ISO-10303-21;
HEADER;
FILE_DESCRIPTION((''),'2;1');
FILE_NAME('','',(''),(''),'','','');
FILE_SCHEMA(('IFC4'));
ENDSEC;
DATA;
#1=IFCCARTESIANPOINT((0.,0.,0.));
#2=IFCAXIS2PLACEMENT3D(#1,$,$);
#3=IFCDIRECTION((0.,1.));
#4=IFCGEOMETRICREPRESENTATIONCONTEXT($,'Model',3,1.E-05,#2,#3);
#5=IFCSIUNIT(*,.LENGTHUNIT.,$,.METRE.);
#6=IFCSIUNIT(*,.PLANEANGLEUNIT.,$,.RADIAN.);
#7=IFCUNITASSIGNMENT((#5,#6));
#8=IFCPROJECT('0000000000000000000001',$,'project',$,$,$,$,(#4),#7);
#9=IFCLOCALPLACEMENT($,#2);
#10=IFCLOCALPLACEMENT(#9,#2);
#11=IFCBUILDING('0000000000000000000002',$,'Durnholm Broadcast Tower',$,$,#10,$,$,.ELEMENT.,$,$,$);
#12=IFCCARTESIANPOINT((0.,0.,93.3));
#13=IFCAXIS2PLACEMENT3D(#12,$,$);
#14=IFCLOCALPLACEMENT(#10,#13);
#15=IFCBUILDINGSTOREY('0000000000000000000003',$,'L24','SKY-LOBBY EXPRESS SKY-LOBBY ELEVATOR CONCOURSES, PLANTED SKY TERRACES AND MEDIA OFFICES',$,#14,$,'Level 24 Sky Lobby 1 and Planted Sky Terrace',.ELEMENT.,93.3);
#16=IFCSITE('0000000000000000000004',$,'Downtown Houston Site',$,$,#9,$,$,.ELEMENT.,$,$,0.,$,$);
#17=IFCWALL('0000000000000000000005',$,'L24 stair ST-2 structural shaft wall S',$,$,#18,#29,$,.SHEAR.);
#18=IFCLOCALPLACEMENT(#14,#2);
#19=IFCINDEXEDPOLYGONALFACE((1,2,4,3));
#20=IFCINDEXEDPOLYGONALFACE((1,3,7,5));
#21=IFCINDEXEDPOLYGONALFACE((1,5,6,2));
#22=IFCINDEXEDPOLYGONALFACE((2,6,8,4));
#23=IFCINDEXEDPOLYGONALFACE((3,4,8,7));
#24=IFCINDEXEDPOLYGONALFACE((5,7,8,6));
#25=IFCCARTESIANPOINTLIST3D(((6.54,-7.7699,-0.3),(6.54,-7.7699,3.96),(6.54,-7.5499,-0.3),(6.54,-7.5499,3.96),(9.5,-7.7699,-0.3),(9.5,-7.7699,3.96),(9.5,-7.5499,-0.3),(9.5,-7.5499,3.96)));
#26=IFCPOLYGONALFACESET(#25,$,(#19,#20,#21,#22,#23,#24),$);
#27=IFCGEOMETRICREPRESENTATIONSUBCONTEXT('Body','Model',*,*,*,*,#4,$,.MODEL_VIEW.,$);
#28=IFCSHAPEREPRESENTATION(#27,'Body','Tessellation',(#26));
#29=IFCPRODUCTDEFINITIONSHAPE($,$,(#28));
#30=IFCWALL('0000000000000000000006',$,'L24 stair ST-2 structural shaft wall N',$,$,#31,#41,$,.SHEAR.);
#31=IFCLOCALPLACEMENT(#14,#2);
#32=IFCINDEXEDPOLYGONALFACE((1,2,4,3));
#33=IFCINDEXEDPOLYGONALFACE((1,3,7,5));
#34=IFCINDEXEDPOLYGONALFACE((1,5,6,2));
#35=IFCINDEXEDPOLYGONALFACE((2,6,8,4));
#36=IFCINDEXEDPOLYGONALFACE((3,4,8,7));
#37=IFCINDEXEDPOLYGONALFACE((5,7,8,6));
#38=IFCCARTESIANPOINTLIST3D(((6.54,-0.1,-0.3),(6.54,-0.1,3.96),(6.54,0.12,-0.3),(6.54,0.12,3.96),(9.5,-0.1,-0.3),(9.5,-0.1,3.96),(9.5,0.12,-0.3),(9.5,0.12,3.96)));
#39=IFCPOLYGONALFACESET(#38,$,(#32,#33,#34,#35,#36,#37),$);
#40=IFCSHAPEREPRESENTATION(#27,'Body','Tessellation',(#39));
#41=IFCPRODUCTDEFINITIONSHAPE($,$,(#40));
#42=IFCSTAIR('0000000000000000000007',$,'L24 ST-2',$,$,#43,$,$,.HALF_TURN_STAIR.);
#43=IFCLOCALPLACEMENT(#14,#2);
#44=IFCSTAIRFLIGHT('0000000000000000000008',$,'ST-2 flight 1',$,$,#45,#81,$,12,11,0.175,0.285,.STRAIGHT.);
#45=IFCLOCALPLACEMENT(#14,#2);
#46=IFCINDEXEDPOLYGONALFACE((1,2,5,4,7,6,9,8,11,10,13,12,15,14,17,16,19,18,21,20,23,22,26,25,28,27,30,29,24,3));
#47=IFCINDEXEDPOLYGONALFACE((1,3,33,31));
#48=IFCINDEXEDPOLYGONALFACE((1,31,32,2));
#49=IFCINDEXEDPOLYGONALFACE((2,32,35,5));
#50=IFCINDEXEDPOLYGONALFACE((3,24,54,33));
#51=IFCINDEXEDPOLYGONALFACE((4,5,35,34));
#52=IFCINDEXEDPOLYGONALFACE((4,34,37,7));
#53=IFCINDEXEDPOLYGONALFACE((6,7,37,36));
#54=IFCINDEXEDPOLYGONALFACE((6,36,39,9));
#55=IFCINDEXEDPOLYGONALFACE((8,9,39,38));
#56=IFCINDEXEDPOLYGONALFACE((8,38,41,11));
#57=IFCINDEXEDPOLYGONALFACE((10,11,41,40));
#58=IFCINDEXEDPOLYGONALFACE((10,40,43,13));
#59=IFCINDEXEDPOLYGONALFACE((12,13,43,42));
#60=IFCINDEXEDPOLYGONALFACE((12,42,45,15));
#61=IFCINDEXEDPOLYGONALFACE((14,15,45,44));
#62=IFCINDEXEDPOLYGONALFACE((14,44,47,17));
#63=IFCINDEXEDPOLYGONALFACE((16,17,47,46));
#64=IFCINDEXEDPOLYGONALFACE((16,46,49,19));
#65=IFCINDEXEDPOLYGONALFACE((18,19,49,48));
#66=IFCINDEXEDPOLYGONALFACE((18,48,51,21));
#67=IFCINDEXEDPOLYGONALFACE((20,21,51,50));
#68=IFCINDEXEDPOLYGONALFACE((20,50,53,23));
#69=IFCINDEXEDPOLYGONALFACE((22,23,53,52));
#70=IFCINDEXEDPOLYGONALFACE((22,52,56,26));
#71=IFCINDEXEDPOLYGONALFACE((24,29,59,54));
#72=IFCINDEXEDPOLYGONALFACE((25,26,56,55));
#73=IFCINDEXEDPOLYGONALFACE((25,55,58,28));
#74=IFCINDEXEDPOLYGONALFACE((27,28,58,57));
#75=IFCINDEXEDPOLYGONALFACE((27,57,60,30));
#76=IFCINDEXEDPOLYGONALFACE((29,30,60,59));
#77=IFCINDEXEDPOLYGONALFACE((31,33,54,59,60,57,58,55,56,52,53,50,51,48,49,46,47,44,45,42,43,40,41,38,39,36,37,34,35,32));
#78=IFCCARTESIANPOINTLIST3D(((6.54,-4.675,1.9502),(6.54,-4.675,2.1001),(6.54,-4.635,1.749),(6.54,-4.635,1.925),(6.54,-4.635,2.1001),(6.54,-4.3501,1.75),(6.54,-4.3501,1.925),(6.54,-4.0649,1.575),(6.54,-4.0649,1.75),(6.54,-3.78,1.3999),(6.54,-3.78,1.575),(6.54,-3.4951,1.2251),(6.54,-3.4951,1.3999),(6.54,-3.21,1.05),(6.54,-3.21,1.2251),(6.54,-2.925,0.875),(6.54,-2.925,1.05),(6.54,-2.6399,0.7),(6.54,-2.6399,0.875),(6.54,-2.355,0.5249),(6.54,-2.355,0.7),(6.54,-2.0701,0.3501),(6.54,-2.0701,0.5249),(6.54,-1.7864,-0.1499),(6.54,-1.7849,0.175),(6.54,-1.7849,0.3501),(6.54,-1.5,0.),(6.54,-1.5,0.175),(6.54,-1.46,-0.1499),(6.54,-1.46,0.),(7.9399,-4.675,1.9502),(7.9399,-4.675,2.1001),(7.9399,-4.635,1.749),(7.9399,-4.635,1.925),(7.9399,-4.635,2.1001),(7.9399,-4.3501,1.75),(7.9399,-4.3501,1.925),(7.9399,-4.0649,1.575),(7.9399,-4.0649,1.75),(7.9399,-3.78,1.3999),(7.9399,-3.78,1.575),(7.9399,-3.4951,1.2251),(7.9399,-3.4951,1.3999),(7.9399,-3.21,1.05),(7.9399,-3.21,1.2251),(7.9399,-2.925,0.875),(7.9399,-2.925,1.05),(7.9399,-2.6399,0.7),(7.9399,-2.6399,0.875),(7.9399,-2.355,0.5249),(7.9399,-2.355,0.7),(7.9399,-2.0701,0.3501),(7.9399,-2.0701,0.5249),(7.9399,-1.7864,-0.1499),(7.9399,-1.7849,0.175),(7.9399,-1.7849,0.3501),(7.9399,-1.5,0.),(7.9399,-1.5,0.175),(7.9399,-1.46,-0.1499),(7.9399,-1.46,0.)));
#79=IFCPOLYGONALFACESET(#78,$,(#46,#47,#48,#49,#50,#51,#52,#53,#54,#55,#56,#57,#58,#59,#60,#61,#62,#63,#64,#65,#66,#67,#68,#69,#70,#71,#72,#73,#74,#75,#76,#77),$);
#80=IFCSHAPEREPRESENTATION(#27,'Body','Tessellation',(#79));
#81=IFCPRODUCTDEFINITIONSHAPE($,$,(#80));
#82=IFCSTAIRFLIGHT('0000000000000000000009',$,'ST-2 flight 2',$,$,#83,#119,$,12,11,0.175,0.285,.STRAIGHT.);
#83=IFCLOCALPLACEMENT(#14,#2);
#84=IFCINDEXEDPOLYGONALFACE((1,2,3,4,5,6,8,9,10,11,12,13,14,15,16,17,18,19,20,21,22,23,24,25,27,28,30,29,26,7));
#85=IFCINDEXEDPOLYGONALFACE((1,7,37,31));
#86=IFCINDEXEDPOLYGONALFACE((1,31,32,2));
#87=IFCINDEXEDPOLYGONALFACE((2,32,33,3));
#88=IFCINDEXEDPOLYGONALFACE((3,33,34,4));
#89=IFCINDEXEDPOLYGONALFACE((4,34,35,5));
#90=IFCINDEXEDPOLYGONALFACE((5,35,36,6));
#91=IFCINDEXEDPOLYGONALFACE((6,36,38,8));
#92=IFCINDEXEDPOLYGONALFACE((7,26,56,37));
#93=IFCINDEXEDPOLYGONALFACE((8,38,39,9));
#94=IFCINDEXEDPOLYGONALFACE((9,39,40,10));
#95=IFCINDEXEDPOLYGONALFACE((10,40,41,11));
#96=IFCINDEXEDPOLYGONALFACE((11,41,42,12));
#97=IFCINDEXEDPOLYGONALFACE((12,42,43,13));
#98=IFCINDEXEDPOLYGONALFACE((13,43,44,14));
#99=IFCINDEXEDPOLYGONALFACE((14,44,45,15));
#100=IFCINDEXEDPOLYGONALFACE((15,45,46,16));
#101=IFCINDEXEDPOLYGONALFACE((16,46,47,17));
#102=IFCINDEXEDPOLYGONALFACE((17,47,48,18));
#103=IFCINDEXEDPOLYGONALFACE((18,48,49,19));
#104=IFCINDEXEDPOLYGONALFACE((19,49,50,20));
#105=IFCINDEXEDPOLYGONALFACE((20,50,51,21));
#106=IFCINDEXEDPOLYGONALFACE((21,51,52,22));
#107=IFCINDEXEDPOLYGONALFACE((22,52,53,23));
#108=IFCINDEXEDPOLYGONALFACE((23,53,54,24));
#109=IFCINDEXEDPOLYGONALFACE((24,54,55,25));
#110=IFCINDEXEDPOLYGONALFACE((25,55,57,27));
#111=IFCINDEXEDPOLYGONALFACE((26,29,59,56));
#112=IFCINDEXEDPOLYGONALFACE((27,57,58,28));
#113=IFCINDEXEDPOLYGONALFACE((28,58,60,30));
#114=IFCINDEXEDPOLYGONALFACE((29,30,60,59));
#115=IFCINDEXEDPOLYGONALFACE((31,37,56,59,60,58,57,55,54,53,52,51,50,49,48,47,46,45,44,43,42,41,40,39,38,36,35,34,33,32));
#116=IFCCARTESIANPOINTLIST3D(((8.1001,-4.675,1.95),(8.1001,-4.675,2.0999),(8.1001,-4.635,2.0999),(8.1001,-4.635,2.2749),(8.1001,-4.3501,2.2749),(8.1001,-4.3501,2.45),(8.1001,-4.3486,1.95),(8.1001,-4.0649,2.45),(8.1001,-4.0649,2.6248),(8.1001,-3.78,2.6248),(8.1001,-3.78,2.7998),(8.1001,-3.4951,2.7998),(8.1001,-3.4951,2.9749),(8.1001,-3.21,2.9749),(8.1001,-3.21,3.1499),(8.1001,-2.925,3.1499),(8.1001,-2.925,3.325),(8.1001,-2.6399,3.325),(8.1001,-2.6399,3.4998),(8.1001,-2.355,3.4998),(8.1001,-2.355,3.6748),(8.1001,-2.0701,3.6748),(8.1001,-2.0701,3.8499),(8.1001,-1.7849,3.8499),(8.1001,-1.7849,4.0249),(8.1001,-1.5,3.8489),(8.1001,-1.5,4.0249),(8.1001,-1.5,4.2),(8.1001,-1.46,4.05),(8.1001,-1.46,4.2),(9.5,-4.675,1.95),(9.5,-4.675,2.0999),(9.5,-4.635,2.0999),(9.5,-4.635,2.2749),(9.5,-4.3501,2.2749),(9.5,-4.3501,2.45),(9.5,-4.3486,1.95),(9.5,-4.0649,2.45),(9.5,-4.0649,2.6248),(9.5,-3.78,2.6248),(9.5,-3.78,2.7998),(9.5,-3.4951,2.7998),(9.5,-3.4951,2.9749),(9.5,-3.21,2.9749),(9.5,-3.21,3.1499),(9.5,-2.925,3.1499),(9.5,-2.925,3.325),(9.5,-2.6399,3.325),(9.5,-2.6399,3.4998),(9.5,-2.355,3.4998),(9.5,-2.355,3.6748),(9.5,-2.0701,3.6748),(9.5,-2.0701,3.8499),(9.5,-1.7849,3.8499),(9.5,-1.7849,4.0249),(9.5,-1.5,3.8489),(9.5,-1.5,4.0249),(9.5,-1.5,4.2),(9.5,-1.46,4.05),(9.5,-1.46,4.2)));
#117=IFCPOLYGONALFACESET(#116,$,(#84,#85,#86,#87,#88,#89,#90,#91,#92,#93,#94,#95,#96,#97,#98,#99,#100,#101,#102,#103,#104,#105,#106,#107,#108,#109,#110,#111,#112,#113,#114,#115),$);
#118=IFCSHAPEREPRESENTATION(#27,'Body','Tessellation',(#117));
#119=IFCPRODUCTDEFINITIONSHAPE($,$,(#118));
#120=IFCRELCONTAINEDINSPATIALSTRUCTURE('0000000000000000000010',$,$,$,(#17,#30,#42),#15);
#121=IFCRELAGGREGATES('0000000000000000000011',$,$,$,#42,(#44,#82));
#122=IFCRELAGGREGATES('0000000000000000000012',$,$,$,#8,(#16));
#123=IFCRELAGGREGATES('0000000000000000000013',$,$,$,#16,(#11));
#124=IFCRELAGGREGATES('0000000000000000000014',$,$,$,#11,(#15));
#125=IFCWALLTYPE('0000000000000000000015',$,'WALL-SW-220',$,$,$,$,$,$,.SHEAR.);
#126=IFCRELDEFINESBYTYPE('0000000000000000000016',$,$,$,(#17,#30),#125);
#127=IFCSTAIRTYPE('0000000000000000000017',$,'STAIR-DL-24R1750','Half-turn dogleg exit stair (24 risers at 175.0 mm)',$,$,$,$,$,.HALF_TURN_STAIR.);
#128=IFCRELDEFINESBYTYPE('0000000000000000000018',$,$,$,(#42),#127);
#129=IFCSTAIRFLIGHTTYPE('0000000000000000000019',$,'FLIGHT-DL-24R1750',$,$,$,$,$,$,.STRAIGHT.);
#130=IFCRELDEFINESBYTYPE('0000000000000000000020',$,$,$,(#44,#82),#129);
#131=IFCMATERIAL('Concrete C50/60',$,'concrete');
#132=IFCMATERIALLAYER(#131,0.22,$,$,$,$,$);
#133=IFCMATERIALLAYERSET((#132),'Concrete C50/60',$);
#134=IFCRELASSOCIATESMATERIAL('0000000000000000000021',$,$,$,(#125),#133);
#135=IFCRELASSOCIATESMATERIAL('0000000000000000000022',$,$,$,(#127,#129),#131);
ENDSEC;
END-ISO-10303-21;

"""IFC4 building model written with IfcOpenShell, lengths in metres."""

from ifc_helpers import new_model, si_unit, direction, frame, frame_2d, origin, place, context, subcontext, project, spatial, polyline, rectangle, outline, extrude, material, layer, layer_set, type_object, element, aggregate, save


model = new_model("IFC4")

# Units and contexts
model_context = context("Model", 3, precision=1e-05, world=origin(), true_north=direction((0.0, 1.0)))
body_context = subcontext(model_context, "Body", "Model", "MODEL_VIEW")
ifc_project = project(units=[si_unit("LENGTHUNIT", "METRE"), si_unit("PLANEANGLEUNIT", "RADIAN")], contexts=[model_context])

# Site, building, storey
site_placement = place(None, origin())
site = spatial("IfcSite", under=ifc_project, at=site_placement, Name="Downtown Houston Site", CompositionType="ELEMENT", RefElevation=0.0)
building_placement = place(site_placement, origin())
building = spatial("IfcBuilding", under=site, at=building_placement, Name="Durnholm Broadcast Tower", CompositionType="ELEMENT")
storey_placement = place(building_placement, frame((0.0, 0.0, 93.3)))
storey = spatial("IfcBuildingStorey", under=building, at=storey_placement, Name="L24", Description="SKY-LOBBY EXPRESS SKY-LOBBY ELEVATOR CONCOURSES, PLANTED SKY TERRACES AND MEDIA OFFICES", LongName="Level 24 Sky Lobby 1 and Planted Sky Terrace", CompositionType="ELEMENT", Elevation=93.3)

# Shared definitions
ifc_material_1 = material(Name="Concrete C50/60", Category="concrete")
ifc_layer_1 = layer(ifc_material_1, 0.22)
ifc_layer_set_1 = layer_set([ifc_layer_1], Name="Concrete C50/60")
wall_type_1 = type_object("IfcWallType", Name="WALL-SW-220", PredefinedType="SHEAR", material=ifc_layer_set_1)

# Walls
for number, where, z_axis, x_axis, name in (
    (1, (6.54, -7.6599, -0.3), (0.0, 0.0, 1.0), (1.0, 0.0, 0.0), "L24 stair ST-2 structural shaft wall S"),
    (2, (9.5, 0.01, -0.3), (0.0, 0.0, 1.0), (-1.0, 0.0, 0.0), "L24 stair ST-2 structural shaft wall N"),
):
    element("IfcWall", number, at=place(storey_placement, frame(where, z_axis=z_axis, x_axis=x_axis)), inside=storey, type_object=wall_type_1, Name=name, PredefinedType="SHEAR", context=body_context, shape_type="SweptSolid", body=[
        extrude(rectangle(XDim=2.96, YDim=0.22, at=frame_2d((1.48, 0.0))), origin(), (0.0, 0.0, 1.0), 4.26),
    ])

# Stair, stair flights
stair_type = type_object("IfcStairType", Name="STAIR-DL-24R1750", Description="Half-turn dogleg exit stair (24 risers at 175.0 mm)", PredefinedType="HALF_TURN_STAIR", material=ifc_material_1)
stair_placement = place(storey_placement, origin())
stair = element("IfcStair", 3, at=stair_placement, inside=storey, type_object=stair_type, Name="L24 ST-2", PredefinedType="HALF_TURN_STAIR")
stair_flight_type = type_object("IfcStairFlightType", Name="FLIGHT-DL-24R1750", PredefinedType="STRAIGHT", material=ifc_material_1)
stair_flight_1_placement = place(storey_placement, frame((7.24, -1.5, 0.0), z_axis=(0.0, 0.0, 1.0), x_axis=(0.0, -1.0, 0.0)))
stair_flight_1 = element("IfcStairFlight", 4, at=stair_flight_1_placement, type_object=stair_flight_type, Name="ST-2 flight 1", NumberOfRisers=12, NumberOfTreads=11, PredefinedType="STRAIGHT", RiserHeight=0.175, TreadLength=0.285, context=body_context, shape_type="SweptSolid", body=[
    extrude(outline(polyline([(-0.04, -0.1499), (-0.04, 0.0), (0.0, 0.0), (0.0, 0.175), (0.2849, 0.175), (0.2849, 0.3501), (0.5701, 0.3501), (0.5701, 0.5249), (0.855, 0.5249), (0.855, 0.7), (1.1399, 0.7), (1.1399, 0.875), (1.425, 0.875), (1.425, 1.05), (1.71, 1.05), (1.71, 1.2251), (1.9951, 1.2251), (1.9951, 1.3999), (2.28, 1.3999), (2.28, 1.575), (2.5649, 1.575), (2.5649, 1.75), (2.8501, 1.75), (2.8501, 1.925), (3.135, 1.925), (3.135, 2.1001), (3.175, 2.1001), (3.175, 1.9502), (3.135, 1.749), (0.2864, -0.1499), (-0.04, -0.1499)])), frame((0.0, 0.7, 0.0), z_axis=(0.0, -1.0, 0.0), x_axis=(1.0, 0.0, 0.0)), (0.0, 0.0, 1.0), 1.3999),
])
stair_flight_2_placement = place(storey_placement, frame((8.8, -4.635, 2.0999), z_axis=(0.0, 0.0, 1.0), x_axis=(0.0, 1.0, 0.0)))
stair_flight_2 = element("IfcStairFlight", 5, at=stair_flight_2_placement, type_object=stair_flight_type, Name="ST-2 flight 2", NumberOfRisers=12, NumberOfTreads=11, PredefinedType="STRAIGHT", RiserHeight=0.175, TreadLength=0.285, context=body_context, shape_type="SweptSolid", body=[
    extrude(outline(polyline([(-0.04, -0.1499), (-0.04, 0.0), (0.0, 0.0), (0.0, 0.175), (0.2849, 0.175), (0.2849, 0.3501), (0.5701, 0.3501), (0.5701, 0.5249), (0.855, 0.5249), (0.855, 0.7), (1.1399, 0.7), (1.1399, 0.875), (1.425, 0.875), (1.425, 1.05), (1.71, 1.05), (1.71, 1.2251), (1.9951, 1.2251), (1.9951, 1.3999), (2.28, 1.3999), (2.28, 1.575), (2.5649, 1.575), (2.5649, 1.75), (2.8501, 1.75), (2.8501, 1.925), (3.135, 1.925), (3.135, 2.1001), (3.175, 2.1001), (3.175, 1.9502), (3.135, 1.749), (0.2864, -0.1499), (-0.04, -0.1499)])), frame((0.0, 0.7, 0.0), z_axis=(0.0, -1.0, 0.0), x_axis=(1.0, 0.0, 0.0)), (0.0, 0.0, 1.0), 1.3999),
])
aggregate(stair, [stair_flight_1, stair_flight_2])

save(model, "model.ifc")
